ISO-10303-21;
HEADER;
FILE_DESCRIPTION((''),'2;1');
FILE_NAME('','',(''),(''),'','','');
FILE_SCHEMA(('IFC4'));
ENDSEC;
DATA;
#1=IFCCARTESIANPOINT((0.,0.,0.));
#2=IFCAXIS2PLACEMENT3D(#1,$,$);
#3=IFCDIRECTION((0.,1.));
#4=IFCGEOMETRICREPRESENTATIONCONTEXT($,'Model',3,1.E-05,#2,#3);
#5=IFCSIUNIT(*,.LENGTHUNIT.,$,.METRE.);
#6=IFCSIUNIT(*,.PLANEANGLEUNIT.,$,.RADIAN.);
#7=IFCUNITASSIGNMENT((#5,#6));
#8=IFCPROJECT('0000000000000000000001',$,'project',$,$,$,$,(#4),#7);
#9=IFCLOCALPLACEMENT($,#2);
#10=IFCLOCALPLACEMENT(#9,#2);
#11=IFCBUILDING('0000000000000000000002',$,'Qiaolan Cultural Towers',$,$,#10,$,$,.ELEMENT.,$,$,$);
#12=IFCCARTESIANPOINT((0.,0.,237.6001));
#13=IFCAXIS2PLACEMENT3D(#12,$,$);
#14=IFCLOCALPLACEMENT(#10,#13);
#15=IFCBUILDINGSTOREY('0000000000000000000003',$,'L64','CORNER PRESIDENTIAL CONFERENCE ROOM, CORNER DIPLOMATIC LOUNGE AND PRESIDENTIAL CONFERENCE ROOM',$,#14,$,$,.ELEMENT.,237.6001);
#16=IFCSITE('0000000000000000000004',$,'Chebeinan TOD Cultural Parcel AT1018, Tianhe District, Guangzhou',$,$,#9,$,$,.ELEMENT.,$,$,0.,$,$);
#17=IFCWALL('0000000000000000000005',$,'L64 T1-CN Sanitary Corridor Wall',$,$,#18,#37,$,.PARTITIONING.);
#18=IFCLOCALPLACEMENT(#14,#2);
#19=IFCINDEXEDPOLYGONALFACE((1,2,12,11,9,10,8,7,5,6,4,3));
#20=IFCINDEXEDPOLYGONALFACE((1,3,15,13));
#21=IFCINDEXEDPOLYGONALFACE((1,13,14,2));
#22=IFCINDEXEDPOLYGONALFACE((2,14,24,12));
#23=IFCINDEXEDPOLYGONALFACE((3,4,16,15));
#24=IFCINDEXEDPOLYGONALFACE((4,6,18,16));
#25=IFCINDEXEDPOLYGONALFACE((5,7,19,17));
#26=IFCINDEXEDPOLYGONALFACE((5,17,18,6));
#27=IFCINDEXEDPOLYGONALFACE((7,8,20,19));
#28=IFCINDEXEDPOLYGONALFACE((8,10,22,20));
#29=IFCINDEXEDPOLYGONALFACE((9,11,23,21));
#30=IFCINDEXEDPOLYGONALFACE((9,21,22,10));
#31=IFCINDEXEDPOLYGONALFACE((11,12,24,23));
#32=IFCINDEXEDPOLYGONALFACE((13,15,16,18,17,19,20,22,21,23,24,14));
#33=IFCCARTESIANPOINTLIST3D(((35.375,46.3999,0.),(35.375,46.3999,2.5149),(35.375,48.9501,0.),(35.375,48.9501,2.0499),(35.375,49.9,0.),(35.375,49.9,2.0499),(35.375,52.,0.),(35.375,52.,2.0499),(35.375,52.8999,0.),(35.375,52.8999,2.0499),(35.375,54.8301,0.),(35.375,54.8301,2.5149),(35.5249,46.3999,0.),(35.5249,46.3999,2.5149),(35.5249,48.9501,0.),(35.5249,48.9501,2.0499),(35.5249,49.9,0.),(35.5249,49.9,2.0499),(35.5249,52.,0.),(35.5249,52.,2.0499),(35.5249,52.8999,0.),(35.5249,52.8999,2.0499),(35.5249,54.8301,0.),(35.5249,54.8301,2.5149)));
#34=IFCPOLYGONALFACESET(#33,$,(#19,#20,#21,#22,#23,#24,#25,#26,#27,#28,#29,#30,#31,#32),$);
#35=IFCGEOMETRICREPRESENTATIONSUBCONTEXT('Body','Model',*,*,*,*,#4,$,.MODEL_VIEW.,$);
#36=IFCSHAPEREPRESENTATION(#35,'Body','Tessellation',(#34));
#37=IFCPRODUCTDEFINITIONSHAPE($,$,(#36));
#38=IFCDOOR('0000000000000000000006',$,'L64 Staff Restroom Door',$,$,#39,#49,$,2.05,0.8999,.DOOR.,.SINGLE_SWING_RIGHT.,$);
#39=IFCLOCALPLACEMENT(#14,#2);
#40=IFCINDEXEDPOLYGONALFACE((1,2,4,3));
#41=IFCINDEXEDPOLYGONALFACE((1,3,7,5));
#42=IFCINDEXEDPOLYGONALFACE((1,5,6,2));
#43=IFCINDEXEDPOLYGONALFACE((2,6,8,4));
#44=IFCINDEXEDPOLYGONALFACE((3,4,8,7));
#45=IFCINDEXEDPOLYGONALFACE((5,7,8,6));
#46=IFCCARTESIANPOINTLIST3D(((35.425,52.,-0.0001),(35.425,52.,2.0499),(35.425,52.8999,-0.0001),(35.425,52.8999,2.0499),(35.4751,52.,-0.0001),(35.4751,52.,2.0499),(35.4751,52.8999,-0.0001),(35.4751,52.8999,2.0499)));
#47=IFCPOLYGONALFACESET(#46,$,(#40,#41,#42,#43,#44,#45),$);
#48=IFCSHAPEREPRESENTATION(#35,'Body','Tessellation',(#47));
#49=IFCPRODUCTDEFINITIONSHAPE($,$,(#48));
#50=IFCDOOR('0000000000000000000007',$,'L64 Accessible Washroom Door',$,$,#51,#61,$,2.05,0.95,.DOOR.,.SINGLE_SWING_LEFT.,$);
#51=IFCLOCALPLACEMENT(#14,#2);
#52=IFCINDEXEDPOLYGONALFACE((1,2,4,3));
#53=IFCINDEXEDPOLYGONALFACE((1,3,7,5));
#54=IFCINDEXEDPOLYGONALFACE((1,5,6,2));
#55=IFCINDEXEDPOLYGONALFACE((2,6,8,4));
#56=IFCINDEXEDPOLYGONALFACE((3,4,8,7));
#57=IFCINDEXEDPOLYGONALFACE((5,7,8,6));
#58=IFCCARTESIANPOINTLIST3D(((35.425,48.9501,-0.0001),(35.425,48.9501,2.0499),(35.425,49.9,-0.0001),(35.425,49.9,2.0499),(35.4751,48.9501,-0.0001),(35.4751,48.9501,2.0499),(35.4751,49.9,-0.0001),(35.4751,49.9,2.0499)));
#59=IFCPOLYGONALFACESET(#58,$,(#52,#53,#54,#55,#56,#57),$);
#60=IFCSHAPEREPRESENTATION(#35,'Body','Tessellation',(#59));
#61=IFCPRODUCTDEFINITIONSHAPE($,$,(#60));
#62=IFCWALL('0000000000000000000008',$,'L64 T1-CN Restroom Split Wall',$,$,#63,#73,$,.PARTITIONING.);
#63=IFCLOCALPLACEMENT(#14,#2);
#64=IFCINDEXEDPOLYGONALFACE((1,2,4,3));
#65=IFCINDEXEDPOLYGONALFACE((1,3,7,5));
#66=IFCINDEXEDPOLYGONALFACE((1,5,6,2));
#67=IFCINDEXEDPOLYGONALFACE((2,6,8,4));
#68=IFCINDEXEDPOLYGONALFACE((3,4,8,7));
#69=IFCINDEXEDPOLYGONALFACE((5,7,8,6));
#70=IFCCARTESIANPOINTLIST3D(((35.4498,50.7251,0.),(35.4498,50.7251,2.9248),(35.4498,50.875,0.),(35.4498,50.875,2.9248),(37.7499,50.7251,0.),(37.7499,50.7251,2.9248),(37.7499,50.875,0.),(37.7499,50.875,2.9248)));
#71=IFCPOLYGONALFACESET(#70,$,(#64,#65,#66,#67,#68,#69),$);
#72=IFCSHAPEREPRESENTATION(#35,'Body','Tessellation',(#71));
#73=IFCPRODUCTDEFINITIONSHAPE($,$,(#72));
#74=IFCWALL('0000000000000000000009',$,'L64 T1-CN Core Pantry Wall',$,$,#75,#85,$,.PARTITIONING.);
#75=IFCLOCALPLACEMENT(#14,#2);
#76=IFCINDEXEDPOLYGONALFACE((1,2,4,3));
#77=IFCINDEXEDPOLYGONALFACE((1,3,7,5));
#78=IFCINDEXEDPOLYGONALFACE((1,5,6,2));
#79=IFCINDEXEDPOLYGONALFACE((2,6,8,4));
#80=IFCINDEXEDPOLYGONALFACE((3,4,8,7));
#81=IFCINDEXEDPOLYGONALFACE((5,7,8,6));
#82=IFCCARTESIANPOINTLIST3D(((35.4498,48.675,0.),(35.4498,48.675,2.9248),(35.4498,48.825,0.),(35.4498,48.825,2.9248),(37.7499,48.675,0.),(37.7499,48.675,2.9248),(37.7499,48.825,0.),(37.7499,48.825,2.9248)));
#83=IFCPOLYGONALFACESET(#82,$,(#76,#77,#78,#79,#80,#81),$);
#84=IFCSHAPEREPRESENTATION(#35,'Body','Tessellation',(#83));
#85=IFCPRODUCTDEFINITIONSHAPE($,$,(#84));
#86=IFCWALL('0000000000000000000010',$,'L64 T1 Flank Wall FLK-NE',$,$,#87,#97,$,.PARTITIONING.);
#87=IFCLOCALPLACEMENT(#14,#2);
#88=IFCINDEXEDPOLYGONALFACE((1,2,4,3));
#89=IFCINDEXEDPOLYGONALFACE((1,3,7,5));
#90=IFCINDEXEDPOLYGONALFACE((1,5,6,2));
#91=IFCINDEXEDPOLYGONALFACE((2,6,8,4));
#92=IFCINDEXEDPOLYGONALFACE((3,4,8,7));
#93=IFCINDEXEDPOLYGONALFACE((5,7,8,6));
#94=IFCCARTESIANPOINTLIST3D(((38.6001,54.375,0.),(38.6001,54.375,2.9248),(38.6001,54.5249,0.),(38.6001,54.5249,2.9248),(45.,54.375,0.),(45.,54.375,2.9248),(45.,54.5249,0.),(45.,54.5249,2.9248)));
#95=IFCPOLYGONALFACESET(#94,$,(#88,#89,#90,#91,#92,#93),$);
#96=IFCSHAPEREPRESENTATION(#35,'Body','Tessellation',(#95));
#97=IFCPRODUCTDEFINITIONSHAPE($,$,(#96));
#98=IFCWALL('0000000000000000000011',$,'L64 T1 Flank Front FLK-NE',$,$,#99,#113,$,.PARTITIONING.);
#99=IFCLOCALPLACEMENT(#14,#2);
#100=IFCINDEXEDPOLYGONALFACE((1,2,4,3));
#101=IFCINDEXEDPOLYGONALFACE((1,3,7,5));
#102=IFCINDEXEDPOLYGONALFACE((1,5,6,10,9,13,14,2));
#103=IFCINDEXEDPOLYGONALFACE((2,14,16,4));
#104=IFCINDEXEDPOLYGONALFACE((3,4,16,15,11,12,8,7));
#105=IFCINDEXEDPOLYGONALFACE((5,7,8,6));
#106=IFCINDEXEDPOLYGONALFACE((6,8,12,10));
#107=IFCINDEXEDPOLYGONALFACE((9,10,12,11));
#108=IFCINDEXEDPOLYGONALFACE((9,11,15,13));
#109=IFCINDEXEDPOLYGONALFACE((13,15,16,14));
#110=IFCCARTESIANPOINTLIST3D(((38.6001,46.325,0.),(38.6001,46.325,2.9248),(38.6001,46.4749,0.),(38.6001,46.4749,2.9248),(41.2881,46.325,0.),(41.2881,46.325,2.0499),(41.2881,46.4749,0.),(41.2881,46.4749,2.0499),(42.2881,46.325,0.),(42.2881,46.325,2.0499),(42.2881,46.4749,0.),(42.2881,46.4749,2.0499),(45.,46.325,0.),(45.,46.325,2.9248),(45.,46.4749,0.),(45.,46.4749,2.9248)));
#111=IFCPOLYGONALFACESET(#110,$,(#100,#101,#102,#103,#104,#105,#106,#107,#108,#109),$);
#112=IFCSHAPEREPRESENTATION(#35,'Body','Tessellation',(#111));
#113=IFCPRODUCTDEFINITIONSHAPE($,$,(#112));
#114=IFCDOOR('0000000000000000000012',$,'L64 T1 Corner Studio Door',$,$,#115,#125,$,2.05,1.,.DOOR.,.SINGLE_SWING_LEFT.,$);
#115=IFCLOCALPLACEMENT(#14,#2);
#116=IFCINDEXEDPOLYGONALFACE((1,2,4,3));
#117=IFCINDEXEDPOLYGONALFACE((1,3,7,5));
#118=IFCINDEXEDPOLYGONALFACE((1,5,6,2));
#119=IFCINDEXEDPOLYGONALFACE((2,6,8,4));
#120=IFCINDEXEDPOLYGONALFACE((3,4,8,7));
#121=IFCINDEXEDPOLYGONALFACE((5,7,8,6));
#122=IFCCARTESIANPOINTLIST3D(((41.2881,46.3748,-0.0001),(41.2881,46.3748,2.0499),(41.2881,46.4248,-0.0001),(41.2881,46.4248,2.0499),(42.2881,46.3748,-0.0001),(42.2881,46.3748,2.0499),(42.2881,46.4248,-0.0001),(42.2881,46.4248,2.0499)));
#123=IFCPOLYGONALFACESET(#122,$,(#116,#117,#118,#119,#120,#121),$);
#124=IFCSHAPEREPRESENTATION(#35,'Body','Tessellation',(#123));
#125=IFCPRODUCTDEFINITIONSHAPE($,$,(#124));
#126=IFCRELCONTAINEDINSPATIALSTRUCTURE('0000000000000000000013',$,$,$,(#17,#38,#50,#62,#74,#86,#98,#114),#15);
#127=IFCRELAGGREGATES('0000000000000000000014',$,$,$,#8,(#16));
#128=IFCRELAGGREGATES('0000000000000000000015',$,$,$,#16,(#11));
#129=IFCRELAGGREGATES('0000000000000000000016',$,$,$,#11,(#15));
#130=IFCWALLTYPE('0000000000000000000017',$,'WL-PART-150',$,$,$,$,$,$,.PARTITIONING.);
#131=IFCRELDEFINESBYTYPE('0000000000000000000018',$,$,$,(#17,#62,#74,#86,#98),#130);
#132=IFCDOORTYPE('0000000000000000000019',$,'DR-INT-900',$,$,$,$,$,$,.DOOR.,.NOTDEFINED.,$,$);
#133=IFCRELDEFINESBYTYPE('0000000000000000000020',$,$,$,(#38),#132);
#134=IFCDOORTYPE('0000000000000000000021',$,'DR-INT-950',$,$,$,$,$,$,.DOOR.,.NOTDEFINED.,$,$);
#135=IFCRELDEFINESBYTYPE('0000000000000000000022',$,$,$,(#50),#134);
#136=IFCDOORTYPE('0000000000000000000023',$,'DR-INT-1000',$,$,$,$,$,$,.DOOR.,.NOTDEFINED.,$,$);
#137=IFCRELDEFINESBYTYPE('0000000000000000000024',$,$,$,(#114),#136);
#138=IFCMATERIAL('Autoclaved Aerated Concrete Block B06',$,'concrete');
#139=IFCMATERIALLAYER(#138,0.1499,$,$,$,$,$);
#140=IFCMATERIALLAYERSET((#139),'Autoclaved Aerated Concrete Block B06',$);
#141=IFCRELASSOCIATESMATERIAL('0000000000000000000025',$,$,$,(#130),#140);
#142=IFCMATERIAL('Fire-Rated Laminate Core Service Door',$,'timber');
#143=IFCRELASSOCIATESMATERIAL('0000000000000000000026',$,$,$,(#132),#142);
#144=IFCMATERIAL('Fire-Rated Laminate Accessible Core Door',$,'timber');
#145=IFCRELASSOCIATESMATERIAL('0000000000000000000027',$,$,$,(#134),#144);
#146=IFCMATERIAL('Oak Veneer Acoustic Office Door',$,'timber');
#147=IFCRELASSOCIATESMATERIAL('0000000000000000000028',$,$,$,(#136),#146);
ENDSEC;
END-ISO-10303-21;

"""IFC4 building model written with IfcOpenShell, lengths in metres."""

from ifc_helpers import new_model, si_unit, direction, frame, frame_2d, origin, place, context, subcontext, project, spatial, rectangle, extrude, material, layer, layer_set, type_object, element, fill, save


model = new_model("IFC4")

# Units and contexts
model_context = context("Model", 3, precision=1e-05, world=origin(), true_north=direction((0.0, 1.0)))
body_context = subcontext(model_context, "Body", "Model", "MODEL_VIEW")
ifc_project = project(units=[si_unit("LENGTHUNIT", "METRE"), si_unit("PLANEANGLEUNIT", "RADIAN")], contexts=[model_context])

# Site, building, storey
site_placement = place(None, origin())
site = spatial("IfcSite", under=ifc_project, at=site_placement, Name="Chebeinan TOD Cultural Parcel AT1018, Tianhe District, Guangzhou", CompositionType="ELEMENT", RefElevation=0.0)
building_placement = place(site_placement, origin())
building = spatial("IfcBuilding", under=site, at=building_placement, Name="Qiaolan Cultural Towers", CompositionType="ELEMENT")
storey_placement = place(building_placement, frame((0.0, 0.0, 237.6001)))
storey = spatial("IfcBuildingStorey", under=building, at=storey_placement, Name="L64", Description="CORNER PRESIDENTIAL CONFERENCE ROOM, CORNER DIPLOMATIC LOUNGE AND PRESIDENTIAL CONFERENCE ROOM", CompositionType="ELEMENT", Elevation=237.6001)

# Shared definitions
ifc_material_1 = material(Name="Autoclaved Aerated Concrete Block B06", Category="concrete")
ifc_layer_1 = layer(ifc_material_1, 0.1499)
ifc_layer_set_1 = layer_set([ifc_layer_1], Name="Autoclaved Aerated Concrete Block B06")
wall_type_1 = type_object("IfcWallType", Name="WL-PART-150", PredefinedType="PARTITIONING", material=ifc_layer_set_1)

# Wall, openings, doors
wall_1_placement = place(storey_placement, frame((35.45, 46.3999, 0.0), z_axis=(0.0, 0.0, 1.0), x_axis=(0.0, 1.0, 0.0)))
wall_1 = element("IfcWall", 1, at=wall_1_placement, inside=storey, type_object=wall_type_1, Name="L64 T1-CN Sanitary Corridor Wall", PredefinedType="PARTITIONING", context=body_context, shape_type="SweptSolid", body=[
    extrude(rectangle(XDim=8.4302, YDim=0.1499, at=frame_2d((4.2151, 0.0))), origin(), (0.0, 0.0, 1.0), 2.5149),
])
opening_1_placement = place(wall_1_placement, frame((2.55, 0.0, 0.0)))
opening_1 = element("IfcOpeningElement", 2, at=opening_1_placement, cuts=wall_1, PredefinedType="OPENING", context=body_context, shape_type="SweptSolid", body=[
    extrude(rectangle(XDim=0.95, YDim=2.05, at=frame_2d((0.4751, 1.0249))), frame((0.0, 0.085, 0.0), z_axis=(0.0, -1.0, 0.0), x_axis=(1.0, 0.0, 0.0)), (0.0, 0.0, 1.0), 0.1699),
])
opening_2_placement = place(wall_1_placement, frame((5.6001, 0.0, 0.0)))
opening_2 = element("IfcOpeningElement", 3, at=opening_2_placement, cuts=wall_1, PredefinedType="OPENING", context=body_context, shape_type="SweptSolid", body=[
    extrude(rectangle(XDim=0.8999, YDim=2.05, at=frame_2d((0.45, 1.0249))), frame((0.0, 0.085, 0.0), z_axis=(0.0, -1.0, 0.0), x_axis=(1.0, 0.0, 0.0)), (0.0, 0.0, 1.0), 0.1699),
])
ifc_material_2 = material(Name="Fire-Rated Laminate Core Service Door", Category="timber")
door_type_1 = type_object("IfcDoorType", Name="DR-INT-900", OperationType="NOTDEFINED", PredefinedType="DOOR", material=ifc_material_2)
door_1_placement = place(opening_2_placement, origin())
door_1 = element("IfcDoor", 4, at=door_1_placement, inside=storey, type_object=door_type_1, Name="L64 Staff Restroom Door", OperationType="SINGLE_SWING_RIGHT", OverallHeight=2.05, OverallWidth=0.8999, PredefinedType="DOOR", context=body_context, shape_type="SweptSolid", body=[
    extrude(rectangle(XDim=0.8999, YDim=2.05, at=frame_2d((0.45, 1.0249))), frame((0.0, 0.0249, 0.0), z_axis=(0.0, -1.0, 0.0), x_axis=(1.0, 0.0, 0.0)), (0.0, 0.0, 1.0), 0.05),
])
fill(opening_2, door_1)
ifc_material_3 = material(Name="Fire-Rated Laminate Accessible Core Door", Category="timber")
door_type_2 = type_object("IfcDoorType", Name="DR-INT-950", OperationType="NOTDEFINED", PredefinedType="DOOR", material=ifc_material_3)
door_2_placement = place(opening_1_placement, origin())
door_2 = element("IfcDoor", 5, at=door_2_placement, inside=storey, type_object=door_type_2, Name="L64 Accessible Washroom Door", OperationType="SINGLE_SWING_LEFT", OverallHeight=2.05, OverallWidth=0.95, PredefinedType="DOOR", context=body_context, shape_type="SweptSolid", body=[
    extrude(rectangle(XDim=0.95, YDim=2.05, at=frame_2d((0.4751, 1.0249))), frame((0.0, 0.0249, 0.0), z_axis=(0.0, -1.0, 0.0), x_axis=(1.0, 0.0, 0.0)), (0.0, 0.0, 1.0), 0.05),
])
fill(opening_1, door_2)

# Walls
for number, where, z_axis, x_axis, name in (
    (6, (35.45, 50.8, 0.0), (0.0, 0.0, 1.0), (1.0, 0.0, 0.0), "L64 T1-CN Restroom Split Wall"),
    (7, (35.45, 48.75, 0.0), (0.0, 0.0, 1.0), (1.0, 0.0, 0.0), "L64 T1-CN Core Pantry Wall"),
):
    element("IfcWall", number, at=place(storey_placement, frame(where, z_axis=z_axis, x_axis=x_axis)), inside=storey, type_object=wall_type_1, Name=name, PredefinedType="PARTITIONING", context=body_context, shape_type="SweptSolid", body=[
        extrude(rectangle(XDim=2.3, YDim=0.1499, at=frame_2d((1.1499, 0.0))), origin(), (0.0, 0.0, 1.0), 2.9248),
    ])
wall_2_placement = place(storey_placement, frame((38.6001, 54.45, 0.0), z_axis=(0.0, 0.0, 1.0), x_axis=(1.0, 0.0, 0.0)))
element("IfcWall", 8, at=wall_2_placement, inside=storey, type_object=wall_type_1, Name="L64 T1 Flank Wall FLK-NE", PredefinedType="PARTITIONING", context=body_context, shape_type="SweptSolid", body=[
    extrude(rectangle(XDim=6.3999, YDim=0.1499, at=frame_2d((3.2, 0.0))), origin(), (0.0, 0.0, 1.0), 2.9248),
])

# Wall, opening, door
wall_3_placement = place(storey_placement, frame((38.6001, 46.3999, 0.0), z_axis=(0.0, 0.0, 1.0), x_axis=(1.0, 0.0, 0.0)))
wall_3 = element("IfcWall", 9, at=wall_3_placement, inside=storey, type_object=wall_type_1, Name="L64 T1 Flank Front FLK-NE", PredefinedType="PARTITIONING", context=body_context, shape_type="SweptSolid", body=[
    extrude(rectangle(XDim=6.3999, YDim=0.1499, at=frame_2d((3.2, 0.0))), origin(), (0.0, 0.0, 1.0), 2.9248),
])
opening_3_placement = place(wall_3_placement, frame((2.688, 0.0, 0.0)))
opening_3 = element("IfcOpeningElement", 10, at=opening_3_placement, cuts=wall_3, PredefinedType="OPENING", context=body_context, shape_type="SweptSolid", body=[
    extrude(rectangle(XDim=1.0, YDim=2.05, at=frame_2d((0.5, 1.0249))), frame((0.0, 0.085, 0.0), z_axis=(0.0, -1.0, 0.0), x_axis=(1.0, 0.0, 0.0)), (0.0, 0.0, 1.0), 0.1699),
])
ifc_material_4 = material(Name="Oak Veneer Acoustic Office Door", Category="timber")
door_type_3 = type_object("IfcDoorType", Name="DR-INT-1000", OperationType="NOTDEFINED", PredefinedType="DOOR", material=ifc_material_4)
door_3_placement = place(opening_3_placement, origin())
door_3 = element("IfcDoor", 11, at=door_3_placement, inside=storey, type_object=door_type_3, Name="L64 T1 Corner Studio Door", OperationType="SINGLE_SWING_LEFT", OverallHeight=2.05, OverallWidth=1.0, PredefinedType="DOOR", context=body_context, shape_type="SweptSolid", body=[
    extrude(rectangle(XDim=1.0, YDim=2.05, at=frame_2d((0.5, 1.0249))), frame((0.0, 0.0249, 0.0), z_axis=(0.0, -1.0, 0.0), x_axis=(1.0, 0.0, 0.0)), (0.0, 0.0, 1.0), 0.05),
])
fill(opening_3, door_3)

save(model, "model.ifc")
